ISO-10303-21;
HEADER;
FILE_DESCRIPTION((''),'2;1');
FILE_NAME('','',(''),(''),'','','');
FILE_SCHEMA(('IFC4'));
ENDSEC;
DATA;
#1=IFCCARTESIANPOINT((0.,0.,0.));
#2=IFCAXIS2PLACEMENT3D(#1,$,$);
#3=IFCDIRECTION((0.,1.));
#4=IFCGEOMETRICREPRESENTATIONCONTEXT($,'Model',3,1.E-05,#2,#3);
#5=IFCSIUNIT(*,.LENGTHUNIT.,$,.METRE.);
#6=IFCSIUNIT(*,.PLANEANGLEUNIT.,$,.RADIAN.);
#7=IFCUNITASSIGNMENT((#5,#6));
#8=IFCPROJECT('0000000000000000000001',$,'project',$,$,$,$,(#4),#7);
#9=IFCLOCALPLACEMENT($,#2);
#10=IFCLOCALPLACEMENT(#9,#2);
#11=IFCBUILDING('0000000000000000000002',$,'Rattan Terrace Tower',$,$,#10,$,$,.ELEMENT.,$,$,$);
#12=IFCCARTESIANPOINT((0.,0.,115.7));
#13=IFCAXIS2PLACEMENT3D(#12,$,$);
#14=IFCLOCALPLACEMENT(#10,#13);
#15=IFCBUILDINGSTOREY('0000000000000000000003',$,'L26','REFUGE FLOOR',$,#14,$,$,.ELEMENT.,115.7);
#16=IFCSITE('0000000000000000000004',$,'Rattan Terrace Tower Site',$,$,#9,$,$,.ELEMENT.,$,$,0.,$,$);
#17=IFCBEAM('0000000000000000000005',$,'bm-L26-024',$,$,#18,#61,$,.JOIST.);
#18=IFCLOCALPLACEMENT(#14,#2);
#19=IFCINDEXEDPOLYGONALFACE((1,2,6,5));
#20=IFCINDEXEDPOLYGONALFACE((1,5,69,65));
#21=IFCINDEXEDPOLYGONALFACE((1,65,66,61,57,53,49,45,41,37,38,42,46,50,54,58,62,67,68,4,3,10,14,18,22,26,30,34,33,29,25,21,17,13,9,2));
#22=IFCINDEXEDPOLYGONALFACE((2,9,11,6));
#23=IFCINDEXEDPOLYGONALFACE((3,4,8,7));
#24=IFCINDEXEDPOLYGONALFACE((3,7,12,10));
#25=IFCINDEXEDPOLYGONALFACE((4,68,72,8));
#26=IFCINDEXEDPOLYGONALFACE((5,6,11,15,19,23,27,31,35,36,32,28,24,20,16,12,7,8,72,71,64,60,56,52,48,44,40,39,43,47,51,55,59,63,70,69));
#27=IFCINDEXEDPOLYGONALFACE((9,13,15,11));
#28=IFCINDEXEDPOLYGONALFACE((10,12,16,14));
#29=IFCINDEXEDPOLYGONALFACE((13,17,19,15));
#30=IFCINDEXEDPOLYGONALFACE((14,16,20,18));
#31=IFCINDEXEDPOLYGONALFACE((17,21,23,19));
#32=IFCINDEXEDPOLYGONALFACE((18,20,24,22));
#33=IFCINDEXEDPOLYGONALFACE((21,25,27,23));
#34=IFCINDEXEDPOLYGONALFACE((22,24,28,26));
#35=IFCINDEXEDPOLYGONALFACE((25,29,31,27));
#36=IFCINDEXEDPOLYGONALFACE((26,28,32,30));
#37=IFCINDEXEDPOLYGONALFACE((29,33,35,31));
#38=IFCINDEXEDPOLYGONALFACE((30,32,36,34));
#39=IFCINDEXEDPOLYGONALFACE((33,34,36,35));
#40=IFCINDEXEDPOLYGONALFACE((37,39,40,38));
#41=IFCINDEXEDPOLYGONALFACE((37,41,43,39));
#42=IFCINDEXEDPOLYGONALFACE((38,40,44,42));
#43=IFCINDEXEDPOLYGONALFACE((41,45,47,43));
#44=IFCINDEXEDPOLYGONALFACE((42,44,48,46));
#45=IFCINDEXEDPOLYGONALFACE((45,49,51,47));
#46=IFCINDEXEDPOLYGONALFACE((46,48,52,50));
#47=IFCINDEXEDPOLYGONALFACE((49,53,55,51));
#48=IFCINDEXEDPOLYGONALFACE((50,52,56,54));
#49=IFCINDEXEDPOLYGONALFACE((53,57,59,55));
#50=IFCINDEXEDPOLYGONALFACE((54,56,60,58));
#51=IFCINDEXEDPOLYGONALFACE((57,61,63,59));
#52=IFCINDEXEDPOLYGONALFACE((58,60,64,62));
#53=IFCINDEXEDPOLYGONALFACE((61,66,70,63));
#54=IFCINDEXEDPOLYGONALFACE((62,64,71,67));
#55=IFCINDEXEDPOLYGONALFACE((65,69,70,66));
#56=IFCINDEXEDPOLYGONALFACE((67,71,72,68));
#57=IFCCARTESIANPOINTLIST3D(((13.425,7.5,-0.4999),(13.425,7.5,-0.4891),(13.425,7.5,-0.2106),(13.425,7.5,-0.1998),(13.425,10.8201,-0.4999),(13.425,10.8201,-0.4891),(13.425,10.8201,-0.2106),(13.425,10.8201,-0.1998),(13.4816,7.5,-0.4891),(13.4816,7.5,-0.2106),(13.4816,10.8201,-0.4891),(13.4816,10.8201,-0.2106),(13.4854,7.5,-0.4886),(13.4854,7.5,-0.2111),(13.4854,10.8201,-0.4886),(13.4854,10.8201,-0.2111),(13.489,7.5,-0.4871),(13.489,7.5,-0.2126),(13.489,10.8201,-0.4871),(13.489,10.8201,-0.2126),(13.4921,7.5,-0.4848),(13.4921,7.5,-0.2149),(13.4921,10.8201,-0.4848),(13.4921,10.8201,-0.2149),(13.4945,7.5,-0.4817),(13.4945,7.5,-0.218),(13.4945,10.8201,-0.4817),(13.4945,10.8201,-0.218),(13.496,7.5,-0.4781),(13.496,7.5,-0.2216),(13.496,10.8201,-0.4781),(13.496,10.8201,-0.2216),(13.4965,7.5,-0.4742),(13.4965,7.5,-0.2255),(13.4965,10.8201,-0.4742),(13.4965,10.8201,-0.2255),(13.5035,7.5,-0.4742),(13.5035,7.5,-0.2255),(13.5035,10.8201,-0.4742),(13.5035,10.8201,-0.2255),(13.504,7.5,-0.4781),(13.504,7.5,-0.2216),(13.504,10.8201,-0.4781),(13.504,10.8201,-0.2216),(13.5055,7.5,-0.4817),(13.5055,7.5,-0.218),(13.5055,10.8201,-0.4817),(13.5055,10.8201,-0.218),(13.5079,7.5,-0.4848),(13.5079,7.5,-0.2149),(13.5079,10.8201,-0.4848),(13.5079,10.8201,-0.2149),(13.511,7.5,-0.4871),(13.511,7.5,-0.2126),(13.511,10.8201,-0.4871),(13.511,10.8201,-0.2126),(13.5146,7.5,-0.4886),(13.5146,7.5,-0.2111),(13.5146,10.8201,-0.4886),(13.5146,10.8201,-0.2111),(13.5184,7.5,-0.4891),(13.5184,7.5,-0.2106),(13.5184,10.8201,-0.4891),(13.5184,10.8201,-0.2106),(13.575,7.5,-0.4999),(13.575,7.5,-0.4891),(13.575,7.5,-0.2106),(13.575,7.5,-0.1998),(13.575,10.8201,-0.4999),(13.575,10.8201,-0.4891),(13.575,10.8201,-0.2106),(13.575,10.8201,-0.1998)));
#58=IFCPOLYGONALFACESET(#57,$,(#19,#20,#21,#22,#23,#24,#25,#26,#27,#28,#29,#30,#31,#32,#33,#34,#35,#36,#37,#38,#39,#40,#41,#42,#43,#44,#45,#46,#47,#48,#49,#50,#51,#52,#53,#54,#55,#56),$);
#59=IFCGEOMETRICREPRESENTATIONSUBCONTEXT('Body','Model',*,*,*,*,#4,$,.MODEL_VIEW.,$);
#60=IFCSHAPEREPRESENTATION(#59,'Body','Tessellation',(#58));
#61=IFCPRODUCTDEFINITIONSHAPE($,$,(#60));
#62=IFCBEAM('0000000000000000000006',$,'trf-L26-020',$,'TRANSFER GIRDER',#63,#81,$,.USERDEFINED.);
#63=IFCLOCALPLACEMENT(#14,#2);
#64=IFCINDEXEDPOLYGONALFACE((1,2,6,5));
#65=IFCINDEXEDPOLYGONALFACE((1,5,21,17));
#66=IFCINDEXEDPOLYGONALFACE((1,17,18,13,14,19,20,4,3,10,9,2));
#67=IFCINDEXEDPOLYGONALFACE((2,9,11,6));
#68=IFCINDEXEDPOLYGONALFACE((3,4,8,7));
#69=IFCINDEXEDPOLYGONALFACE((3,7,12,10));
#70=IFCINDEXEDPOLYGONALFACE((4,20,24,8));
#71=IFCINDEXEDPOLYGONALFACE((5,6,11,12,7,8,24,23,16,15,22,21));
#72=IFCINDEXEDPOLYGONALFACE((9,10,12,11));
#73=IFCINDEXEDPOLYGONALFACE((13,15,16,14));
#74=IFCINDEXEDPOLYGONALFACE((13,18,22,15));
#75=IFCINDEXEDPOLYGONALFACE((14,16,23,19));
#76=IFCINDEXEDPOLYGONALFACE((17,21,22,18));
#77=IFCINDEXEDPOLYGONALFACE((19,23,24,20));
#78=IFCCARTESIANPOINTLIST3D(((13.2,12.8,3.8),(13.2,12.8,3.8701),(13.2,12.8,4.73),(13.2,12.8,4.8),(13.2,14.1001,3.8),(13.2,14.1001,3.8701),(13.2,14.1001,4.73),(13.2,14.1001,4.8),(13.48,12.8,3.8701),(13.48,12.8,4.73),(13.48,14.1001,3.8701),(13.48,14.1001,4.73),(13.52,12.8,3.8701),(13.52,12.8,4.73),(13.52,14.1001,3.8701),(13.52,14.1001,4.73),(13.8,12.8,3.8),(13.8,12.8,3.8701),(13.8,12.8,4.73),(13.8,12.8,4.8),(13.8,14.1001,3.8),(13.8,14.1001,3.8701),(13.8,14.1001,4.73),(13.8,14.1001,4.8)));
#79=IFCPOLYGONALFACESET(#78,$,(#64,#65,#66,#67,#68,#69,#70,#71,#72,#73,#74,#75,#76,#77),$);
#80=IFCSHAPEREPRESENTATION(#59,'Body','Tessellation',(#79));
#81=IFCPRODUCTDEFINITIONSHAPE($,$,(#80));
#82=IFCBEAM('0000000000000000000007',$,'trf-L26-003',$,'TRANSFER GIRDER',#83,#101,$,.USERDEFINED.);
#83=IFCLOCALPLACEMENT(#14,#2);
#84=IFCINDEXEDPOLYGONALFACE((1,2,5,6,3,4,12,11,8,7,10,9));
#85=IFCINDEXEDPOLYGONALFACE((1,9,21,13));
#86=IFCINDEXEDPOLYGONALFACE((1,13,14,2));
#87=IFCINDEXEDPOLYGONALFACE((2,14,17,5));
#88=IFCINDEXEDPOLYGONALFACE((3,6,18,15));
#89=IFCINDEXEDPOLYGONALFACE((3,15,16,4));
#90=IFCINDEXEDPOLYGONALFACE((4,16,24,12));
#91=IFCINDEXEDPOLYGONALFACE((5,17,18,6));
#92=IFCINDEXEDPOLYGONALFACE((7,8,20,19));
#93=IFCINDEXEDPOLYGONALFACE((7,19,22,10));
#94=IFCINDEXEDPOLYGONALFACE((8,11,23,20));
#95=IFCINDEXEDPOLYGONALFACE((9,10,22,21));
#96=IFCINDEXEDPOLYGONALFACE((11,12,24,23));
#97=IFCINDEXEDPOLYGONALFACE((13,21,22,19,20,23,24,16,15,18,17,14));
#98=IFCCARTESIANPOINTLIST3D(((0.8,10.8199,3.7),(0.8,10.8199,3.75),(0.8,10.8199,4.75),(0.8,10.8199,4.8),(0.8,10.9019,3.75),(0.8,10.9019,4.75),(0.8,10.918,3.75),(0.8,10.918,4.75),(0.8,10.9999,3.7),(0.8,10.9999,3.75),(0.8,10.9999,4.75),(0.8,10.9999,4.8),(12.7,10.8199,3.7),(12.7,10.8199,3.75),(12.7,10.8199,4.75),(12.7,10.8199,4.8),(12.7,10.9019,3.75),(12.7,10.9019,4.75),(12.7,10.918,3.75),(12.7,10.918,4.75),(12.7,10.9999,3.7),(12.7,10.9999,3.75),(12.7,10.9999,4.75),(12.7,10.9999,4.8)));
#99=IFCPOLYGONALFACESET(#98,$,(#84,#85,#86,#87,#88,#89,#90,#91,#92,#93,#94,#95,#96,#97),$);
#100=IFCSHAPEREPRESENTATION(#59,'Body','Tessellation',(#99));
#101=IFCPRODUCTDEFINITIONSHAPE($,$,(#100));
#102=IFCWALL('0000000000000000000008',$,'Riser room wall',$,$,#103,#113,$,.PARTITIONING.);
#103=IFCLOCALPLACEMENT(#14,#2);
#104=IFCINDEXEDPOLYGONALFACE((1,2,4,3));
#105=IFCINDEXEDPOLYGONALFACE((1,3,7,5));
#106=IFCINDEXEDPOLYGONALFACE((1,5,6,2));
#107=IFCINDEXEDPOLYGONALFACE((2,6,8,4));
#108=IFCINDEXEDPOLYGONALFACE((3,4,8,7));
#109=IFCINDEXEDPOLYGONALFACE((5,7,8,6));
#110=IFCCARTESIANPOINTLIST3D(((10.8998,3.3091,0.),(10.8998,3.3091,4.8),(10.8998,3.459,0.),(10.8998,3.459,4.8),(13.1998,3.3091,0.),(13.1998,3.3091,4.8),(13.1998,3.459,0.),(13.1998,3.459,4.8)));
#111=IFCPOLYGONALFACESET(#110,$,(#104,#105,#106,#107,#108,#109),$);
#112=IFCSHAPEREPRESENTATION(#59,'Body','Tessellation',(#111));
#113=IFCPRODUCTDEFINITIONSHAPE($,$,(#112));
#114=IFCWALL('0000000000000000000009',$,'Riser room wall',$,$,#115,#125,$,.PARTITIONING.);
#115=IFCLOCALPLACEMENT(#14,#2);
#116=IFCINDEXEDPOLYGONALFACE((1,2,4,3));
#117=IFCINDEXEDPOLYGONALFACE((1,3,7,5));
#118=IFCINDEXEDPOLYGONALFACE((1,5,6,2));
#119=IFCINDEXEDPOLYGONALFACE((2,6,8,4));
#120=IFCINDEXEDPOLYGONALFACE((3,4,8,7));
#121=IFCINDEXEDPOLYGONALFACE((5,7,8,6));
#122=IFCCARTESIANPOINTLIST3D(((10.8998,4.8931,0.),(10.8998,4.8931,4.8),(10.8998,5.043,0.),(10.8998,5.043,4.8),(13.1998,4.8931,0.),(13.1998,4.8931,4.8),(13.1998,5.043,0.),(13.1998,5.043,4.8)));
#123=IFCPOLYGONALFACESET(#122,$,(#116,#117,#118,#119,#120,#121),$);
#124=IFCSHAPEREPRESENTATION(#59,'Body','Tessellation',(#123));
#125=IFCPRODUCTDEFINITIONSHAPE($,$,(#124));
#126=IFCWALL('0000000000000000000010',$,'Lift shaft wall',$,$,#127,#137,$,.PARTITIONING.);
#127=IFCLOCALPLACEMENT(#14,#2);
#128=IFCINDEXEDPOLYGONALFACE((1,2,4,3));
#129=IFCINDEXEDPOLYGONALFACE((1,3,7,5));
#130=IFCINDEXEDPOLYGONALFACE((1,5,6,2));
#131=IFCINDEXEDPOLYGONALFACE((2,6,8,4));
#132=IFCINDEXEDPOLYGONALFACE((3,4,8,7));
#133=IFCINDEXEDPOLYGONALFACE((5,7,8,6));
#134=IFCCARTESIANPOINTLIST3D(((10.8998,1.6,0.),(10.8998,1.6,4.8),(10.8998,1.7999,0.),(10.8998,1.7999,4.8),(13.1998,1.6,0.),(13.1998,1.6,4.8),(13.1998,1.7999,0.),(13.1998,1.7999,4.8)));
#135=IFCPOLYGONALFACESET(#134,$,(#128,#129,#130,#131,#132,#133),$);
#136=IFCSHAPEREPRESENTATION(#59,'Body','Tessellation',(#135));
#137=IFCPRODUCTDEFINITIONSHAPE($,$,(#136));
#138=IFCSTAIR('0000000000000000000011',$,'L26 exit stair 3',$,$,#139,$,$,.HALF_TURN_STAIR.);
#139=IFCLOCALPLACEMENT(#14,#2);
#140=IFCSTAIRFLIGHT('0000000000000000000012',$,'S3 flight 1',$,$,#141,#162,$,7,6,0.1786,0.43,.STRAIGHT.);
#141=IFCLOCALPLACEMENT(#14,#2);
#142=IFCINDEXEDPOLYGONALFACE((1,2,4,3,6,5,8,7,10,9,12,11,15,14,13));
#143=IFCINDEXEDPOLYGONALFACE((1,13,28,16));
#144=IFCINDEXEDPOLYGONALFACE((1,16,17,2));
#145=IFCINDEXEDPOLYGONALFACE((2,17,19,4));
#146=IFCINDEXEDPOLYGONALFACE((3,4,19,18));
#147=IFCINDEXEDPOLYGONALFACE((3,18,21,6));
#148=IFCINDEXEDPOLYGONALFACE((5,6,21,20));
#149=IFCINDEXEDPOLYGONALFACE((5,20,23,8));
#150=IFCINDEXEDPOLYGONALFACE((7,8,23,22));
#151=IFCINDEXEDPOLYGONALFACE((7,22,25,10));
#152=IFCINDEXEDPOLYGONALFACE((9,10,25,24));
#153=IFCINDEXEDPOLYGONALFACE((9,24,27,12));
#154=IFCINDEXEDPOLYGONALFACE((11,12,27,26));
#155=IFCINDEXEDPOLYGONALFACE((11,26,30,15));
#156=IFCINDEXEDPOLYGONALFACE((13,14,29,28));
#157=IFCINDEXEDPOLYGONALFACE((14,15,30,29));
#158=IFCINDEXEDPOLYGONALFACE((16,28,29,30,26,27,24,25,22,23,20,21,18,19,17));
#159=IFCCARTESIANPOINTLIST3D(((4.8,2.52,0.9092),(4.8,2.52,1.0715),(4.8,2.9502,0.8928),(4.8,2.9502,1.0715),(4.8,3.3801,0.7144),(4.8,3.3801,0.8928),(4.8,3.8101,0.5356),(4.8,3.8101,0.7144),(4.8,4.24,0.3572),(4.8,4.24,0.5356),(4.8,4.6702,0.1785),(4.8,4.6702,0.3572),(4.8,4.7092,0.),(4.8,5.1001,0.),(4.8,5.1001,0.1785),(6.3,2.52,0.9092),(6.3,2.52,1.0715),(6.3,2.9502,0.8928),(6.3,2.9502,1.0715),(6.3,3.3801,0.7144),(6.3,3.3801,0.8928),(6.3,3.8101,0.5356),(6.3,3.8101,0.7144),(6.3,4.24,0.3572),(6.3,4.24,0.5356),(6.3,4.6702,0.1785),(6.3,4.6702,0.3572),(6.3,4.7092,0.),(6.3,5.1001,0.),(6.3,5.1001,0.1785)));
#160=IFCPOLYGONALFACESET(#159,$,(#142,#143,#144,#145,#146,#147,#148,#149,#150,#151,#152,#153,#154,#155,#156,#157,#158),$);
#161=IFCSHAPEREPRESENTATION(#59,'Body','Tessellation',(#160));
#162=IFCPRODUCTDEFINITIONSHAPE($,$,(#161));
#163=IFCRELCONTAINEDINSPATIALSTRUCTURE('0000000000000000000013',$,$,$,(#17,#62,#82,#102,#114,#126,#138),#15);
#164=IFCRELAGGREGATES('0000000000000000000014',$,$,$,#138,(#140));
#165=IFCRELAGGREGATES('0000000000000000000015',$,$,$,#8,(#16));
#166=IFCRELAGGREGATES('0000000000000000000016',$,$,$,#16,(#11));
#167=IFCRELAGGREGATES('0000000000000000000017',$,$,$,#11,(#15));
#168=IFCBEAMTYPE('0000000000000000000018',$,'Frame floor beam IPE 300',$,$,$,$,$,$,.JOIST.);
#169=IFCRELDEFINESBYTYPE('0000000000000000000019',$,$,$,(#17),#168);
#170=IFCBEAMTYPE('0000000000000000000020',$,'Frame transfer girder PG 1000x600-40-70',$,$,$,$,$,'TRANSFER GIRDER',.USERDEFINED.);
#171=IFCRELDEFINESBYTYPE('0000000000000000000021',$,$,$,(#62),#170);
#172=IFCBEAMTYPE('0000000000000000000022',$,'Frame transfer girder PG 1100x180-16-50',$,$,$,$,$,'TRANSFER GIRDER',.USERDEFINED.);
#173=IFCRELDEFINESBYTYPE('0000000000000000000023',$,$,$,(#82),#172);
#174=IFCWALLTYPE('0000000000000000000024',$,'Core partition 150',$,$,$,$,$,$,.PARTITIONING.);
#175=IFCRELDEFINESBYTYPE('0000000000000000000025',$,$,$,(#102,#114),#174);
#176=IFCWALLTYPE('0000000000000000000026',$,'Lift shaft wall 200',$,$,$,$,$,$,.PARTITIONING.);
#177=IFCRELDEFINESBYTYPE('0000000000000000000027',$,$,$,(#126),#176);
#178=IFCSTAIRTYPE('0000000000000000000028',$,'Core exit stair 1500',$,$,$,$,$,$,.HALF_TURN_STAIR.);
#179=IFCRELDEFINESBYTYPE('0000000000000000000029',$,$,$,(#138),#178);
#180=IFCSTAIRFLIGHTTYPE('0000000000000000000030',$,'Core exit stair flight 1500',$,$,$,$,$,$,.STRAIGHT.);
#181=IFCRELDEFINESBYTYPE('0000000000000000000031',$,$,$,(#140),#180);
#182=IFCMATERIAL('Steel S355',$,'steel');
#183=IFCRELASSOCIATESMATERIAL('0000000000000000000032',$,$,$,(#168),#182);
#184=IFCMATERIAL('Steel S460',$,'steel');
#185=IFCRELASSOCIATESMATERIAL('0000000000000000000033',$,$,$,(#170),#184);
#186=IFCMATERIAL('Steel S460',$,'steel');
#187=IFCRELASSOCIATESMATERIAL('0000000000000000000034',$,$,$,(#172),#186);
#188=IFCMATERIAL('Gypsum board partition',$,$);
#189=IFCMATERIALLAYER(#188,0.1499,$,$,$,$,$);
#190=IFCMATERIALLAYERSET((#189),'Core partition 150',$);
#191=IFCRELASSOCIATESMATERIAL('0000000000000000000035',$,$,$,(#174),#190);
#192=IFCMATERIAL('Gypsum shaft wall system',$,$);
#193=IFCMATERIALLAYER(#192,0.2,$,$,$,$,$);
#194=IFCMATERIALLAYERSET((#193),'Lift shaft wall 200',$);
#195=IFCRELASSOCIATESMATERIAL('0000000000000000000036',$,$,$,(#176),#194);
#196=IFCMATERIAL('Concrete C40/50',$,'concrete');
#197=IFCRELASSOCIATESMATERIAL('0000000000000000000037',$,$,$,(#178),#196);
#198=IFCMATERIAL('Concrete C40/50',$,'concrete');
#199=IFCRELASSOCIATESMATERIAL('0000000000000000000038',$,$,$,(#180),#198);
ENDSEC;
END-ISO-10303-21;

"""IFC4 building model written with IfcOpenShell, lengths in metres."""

from ifc_helpers import new_model, si_unit, direction, frame, frame_2d, origin, origin_2d, place, context, subcontext, project, spatial, polyline, rectangle, i_section, outline, extrude, material, layer, layer_set, material_profile, profile_set, type_object, element, aggregate, save


model = new_model("IFC4")

# Units and contexts
model_context = context("Model", 3, precision=1e-05, world=origin(), true_north=direction((0.0, 1.0)))
body_context = subcontext(model_context, "Body", "Model", "MODEL_VIEW")
ifc_project = project(units=[si_unit("LENGTHUNIT", "METRE"), si_unit("PLANEANGLEUNIT", "RADIAN")], contexts=[model_context])

# Site, building, storey
site_placement = place(None, origin())
site = spatial("IfcSite", under=ifc_project, at=site_placement, Name="Rattan Terrace Tower Site", CompositionType="ELEMENT", RefElevation=0.0)
building_placement = place(site_placement, origin())
building = spatial("IfcBuilding", under=site, at=building_placement, Name="Rattan Terrace Tower", CompositionType="ELEMENT")
storey_placement = place(building_placement, frame((0.0, 0.0, 115.7)))
storey = spatial("IfcBuildingStorey", under=building, at=storey_placement, Name="L26", Description="REFUGE FLOOR", CompositionType="ELEMENT", Elevation=115.7)

# Beams
ifc_material_1 = material(Name="Steel S355", Category="steel")
ifc_material_profile_1 = material_profile(ifc_material_1, i_section(OverallWidth=0.1499, OverallDepth=0.3, WebThickness=0.0071, FlangeThickness=0.0107, FilletRadius=0.0149, at=origin_2d()), Name="IPE 300")
ifc_profile_set_1 = profile_set([ifc_material_profile_1], Name="Steel S355")
beam_type_1 = type_object("IfcBeamType", Name="Frame floor beam IPE 300", PredefinedType="JOIST", material=ifc_profile_set_1)
for number, where, z_axis, x_axis, name in (
    (1, (13.5, 7.5, -0.3499), (0.0, 1.0, 0.0), (-1.0, 0.0, 0.0), "bm-L26-024"),
):
    element("IfcBeam", number, at=place(storey_placement, frame(where, z_axis=z_axis, x_axis=x_axis)), inside=storey, type_object=beam_type_1, Name=name, PredefinedType="JOIST", context=body_context, shape_type="SweptSolid", body=[
        extrude(i_section(OverallWidth=0.1499, OverallDepth=0.3, WebThickness=0.0071, FlangeThickness=0.0107, FilletRadius=0.0149, at=origin_2d()), origin(), (0.0, 0.0, 1.0), 3.3201),
    ])
ifc_material_2 = material(Name="Steel S460", Category="steel")
ifc_material_profile_2 = material_profile(ifc_material_2, i_section(OverallWidth=0.6001, OverallDepth=1.0, WebThickness=0.04, FlangeThickness=0.0701, at=origin_2d()), Name="PG 1000x600-40-70")
ifc_profile_set_2 = profile_set([ifc_material_profile_2], Name="Steel S460")
beam_type_2 = type_object("IfcBeamType", Name="Frame transfer girder PG 1000x600-40-70", ElementType="TRANSFER GIRDER", PredefinedType="USERDEFINED", material=ifc_profile_set_2)
beam_1_placement = place(storey_placement, frame((13.5, 12.8, 4.3), z_axis=(0.0, 1.0, 0.0), x_axis=(-1.0, 0.0, 0.0)))
element("IfcBeam", 2, at=beam_1_placement, inside=storey, type_object=beam_type_2, Name="trf-L26-020", ObjectType="TRANSFER GIRDER", PredefinedType="USERDEFINED", context=body_context, shape_type="SweptSolid", body=[
    extrude(i_section(OverallWidth=0.6001, OverallDepth=1.0, WebThickness=0.04, FlangeThickness=0.0701, at=origin_2d()), origin(), (0.0, 0.0, 1.0), 1.3),
])
ifc_material_3 = material(Name="Steel S460", Category="steel")
ifc_material_profile_3 = material_profile(ifc_material_3, i_section(OverallWidth=0.1799, OverallDepth=1.1001, WebThickness=0.0161, FlangeThickness=0.05, at=origin_2d()), Name="PG 1100x180-16-50")
ifc_profile_set_3 = profile_set([ifc_material_profile_3], Name="Steel S460")
beam_type_3 = type_object("IfcBeamType", Name="Frame transfer girder PG 1100x180-16-50", ElementType="TRANSFER GIRDER", PredefinedType="USERDEFINED", material=ifc_profile_set_3)
beam_2_placement = place(storey_placement, frame((12.7, 10.9099, 4.25), z_axis=(-1.0, 0.0, 0.0), x_axis=(0.0, -1.0, 0.0)))
element("IfcBeam", 3, at=beam_2_placement, inside=storey, type_object=beam_type_3, Name="trf-L26-003", ObjectType="TRANSFER GIRDER", PredefinedType="USERDEFINED", context=body_context, shape_type="SweptSolid", body=[
    extrude(i_section(OverallWidth=0.1799, OverallDepth=1.1001, WebThickness=0.0161, FlangeThickness=0.05, at=origin_2d()), origin(), (0.0, 0.0, 1.0), 11.8999),
])

# Walls
ifc_material_4 = material(Name="Gypsum board partition")
ifc_layer_1 = layer(ifc_material_4, 0.1499)
ifc_layer_set_1 = layer_set([ifc_layer_1], Name="Core partition 150")
wall_type_1 = type_object("IfcWallType", Name="Core partition 150", PredefinedType="PARTITIONING", material=ifc_layer_set_1)
for number, where, z_axis, x_axis, name in (
    (4, (10.8999, 3.384, 0.0), (0.0, 0.0, 1.0), (1.0, 0.0, 0.0), "Riser room wall"),
    (5, (10.8999, 4.968, 0.0), (0.0, 0.0, 1.0), (1.0, 0.0, 0.0), "Riser room wall"),
):
    element("IfcWall", number, at=place(storey_placement, frame(where, z_axis=z_axis, x_axis=x_axis)), inside=storey, type_object=wall_type_1, Name=name, PredefinedType="PARTITIONING", context=body_context, shape_type="SweptSolid", body=[
        extrude(rectangle(XDim=2.3, YDim=0.1499, at=frame_2d((1.1499, 0.0))), origin(), (0.0, 0.0, 1.0), 4.8),
    ])
ifc_material_5 = material(Name="Gypsum shaft wall system")
ifc_layer_2 = layer(ifc_material_5, 0.2)
ifc_layer_set_2 = layer_set([ifc_layer_2], Name="Lift shaft wall 200")
wall_type_2 = type_object("IfcWallType", Name="Lift shaft wall 200", PredefinedType="PARTITIONING", material=ifc_layer_set_2)
wall_placement = place(storey_placement, frame((10.8999, 1.7, 0.0), z_axis=(0.0, 0.0, 1.0), x_axis=(1.0, 0.0, 0.0)))
element("IfcWall", 6, at=wall_placement, inside=storey, type_object=wall_type_2, Name="Lift shaft wall", PredefinedType="PARTITIONING", context=body_context, shape_type="SweptSolid", body=[
    extrude(rectangle(XDim=2.3, YDim=0.2, at=frame_2d((1.1499, 0.0))), origin(), (0.0, 0.0, 1.0), 4.8),
])

# Stair, stair flight
ifc_material_6 = material(Name="Concrete C40/50", Category="concrete")
stair_type = type_object("IfcStairType", Name="Core exit stair 1500", PredefinedType="HALF_TURN_STAIR", material=ifc_material_6)
stair_placement = place(storey_placement, origin())
stair = element("IfcStair", 7, at=stair_placement, inside=storey, type_object=stair_type, Name="L26 exit stair 3", PredefinedType="HALF_TURN_STAIR")
ifc_material_7 = material(Name="Concrete C40/50", Category="concrete")
stair_flight_type = type_object("IfcStairFlightType", Name="Core exit stair flight 1500", PredefinedType="STRAIGHT", material=ifc_material_7)
stair_flight_1_placement = place(storey_placement, frame((5.55, 5.1001, 0.0), z_axis=(0.0, 0.0, 1.0), x_axis=(0.0, -1.0, 0.0)))
stair_flight_1 = element("IfcStairFlight", 8, at=stair_flight_1_placement, type_object=stair_flight_type, Name="S3 flight 1", NumberOfRisers=7, NumberOfTreads=6, PredefinedType="STRAIGHT", RiserHeight=0.1786, TreadLength=0.43, context=body_context, shape_type="SweptSolid", body=[
    extrude(outline(polyline([(0.0, 0.0), (0.0, 0.1785), (0.4299, 0.1785), (0.4299, 0.3572), (0.8601, 0.3572), (0.8601, 0.5356), (1.29, 0.5356), (1.29, 0.7144), (1.72, 0.7144), (1.72, 0.8928), (2.1499, 0.8928), (2.1499, 1.0715), (2.5801, 1.0715), (2.5801, 1.25), (2.5801, 0.9092), (0.3909, 0.0), (0.0, 0.0)])), frame((0.0, 0.75, 0.0), z_axis=(0.0, -1.0, 0.0), x_axis=(1.0, 0.0, 0.0)), (0.0, 0.0, 1.0), 1.5),
])
aggregate(stair, [stair_flight_1])

save(model, "model.ifc")
